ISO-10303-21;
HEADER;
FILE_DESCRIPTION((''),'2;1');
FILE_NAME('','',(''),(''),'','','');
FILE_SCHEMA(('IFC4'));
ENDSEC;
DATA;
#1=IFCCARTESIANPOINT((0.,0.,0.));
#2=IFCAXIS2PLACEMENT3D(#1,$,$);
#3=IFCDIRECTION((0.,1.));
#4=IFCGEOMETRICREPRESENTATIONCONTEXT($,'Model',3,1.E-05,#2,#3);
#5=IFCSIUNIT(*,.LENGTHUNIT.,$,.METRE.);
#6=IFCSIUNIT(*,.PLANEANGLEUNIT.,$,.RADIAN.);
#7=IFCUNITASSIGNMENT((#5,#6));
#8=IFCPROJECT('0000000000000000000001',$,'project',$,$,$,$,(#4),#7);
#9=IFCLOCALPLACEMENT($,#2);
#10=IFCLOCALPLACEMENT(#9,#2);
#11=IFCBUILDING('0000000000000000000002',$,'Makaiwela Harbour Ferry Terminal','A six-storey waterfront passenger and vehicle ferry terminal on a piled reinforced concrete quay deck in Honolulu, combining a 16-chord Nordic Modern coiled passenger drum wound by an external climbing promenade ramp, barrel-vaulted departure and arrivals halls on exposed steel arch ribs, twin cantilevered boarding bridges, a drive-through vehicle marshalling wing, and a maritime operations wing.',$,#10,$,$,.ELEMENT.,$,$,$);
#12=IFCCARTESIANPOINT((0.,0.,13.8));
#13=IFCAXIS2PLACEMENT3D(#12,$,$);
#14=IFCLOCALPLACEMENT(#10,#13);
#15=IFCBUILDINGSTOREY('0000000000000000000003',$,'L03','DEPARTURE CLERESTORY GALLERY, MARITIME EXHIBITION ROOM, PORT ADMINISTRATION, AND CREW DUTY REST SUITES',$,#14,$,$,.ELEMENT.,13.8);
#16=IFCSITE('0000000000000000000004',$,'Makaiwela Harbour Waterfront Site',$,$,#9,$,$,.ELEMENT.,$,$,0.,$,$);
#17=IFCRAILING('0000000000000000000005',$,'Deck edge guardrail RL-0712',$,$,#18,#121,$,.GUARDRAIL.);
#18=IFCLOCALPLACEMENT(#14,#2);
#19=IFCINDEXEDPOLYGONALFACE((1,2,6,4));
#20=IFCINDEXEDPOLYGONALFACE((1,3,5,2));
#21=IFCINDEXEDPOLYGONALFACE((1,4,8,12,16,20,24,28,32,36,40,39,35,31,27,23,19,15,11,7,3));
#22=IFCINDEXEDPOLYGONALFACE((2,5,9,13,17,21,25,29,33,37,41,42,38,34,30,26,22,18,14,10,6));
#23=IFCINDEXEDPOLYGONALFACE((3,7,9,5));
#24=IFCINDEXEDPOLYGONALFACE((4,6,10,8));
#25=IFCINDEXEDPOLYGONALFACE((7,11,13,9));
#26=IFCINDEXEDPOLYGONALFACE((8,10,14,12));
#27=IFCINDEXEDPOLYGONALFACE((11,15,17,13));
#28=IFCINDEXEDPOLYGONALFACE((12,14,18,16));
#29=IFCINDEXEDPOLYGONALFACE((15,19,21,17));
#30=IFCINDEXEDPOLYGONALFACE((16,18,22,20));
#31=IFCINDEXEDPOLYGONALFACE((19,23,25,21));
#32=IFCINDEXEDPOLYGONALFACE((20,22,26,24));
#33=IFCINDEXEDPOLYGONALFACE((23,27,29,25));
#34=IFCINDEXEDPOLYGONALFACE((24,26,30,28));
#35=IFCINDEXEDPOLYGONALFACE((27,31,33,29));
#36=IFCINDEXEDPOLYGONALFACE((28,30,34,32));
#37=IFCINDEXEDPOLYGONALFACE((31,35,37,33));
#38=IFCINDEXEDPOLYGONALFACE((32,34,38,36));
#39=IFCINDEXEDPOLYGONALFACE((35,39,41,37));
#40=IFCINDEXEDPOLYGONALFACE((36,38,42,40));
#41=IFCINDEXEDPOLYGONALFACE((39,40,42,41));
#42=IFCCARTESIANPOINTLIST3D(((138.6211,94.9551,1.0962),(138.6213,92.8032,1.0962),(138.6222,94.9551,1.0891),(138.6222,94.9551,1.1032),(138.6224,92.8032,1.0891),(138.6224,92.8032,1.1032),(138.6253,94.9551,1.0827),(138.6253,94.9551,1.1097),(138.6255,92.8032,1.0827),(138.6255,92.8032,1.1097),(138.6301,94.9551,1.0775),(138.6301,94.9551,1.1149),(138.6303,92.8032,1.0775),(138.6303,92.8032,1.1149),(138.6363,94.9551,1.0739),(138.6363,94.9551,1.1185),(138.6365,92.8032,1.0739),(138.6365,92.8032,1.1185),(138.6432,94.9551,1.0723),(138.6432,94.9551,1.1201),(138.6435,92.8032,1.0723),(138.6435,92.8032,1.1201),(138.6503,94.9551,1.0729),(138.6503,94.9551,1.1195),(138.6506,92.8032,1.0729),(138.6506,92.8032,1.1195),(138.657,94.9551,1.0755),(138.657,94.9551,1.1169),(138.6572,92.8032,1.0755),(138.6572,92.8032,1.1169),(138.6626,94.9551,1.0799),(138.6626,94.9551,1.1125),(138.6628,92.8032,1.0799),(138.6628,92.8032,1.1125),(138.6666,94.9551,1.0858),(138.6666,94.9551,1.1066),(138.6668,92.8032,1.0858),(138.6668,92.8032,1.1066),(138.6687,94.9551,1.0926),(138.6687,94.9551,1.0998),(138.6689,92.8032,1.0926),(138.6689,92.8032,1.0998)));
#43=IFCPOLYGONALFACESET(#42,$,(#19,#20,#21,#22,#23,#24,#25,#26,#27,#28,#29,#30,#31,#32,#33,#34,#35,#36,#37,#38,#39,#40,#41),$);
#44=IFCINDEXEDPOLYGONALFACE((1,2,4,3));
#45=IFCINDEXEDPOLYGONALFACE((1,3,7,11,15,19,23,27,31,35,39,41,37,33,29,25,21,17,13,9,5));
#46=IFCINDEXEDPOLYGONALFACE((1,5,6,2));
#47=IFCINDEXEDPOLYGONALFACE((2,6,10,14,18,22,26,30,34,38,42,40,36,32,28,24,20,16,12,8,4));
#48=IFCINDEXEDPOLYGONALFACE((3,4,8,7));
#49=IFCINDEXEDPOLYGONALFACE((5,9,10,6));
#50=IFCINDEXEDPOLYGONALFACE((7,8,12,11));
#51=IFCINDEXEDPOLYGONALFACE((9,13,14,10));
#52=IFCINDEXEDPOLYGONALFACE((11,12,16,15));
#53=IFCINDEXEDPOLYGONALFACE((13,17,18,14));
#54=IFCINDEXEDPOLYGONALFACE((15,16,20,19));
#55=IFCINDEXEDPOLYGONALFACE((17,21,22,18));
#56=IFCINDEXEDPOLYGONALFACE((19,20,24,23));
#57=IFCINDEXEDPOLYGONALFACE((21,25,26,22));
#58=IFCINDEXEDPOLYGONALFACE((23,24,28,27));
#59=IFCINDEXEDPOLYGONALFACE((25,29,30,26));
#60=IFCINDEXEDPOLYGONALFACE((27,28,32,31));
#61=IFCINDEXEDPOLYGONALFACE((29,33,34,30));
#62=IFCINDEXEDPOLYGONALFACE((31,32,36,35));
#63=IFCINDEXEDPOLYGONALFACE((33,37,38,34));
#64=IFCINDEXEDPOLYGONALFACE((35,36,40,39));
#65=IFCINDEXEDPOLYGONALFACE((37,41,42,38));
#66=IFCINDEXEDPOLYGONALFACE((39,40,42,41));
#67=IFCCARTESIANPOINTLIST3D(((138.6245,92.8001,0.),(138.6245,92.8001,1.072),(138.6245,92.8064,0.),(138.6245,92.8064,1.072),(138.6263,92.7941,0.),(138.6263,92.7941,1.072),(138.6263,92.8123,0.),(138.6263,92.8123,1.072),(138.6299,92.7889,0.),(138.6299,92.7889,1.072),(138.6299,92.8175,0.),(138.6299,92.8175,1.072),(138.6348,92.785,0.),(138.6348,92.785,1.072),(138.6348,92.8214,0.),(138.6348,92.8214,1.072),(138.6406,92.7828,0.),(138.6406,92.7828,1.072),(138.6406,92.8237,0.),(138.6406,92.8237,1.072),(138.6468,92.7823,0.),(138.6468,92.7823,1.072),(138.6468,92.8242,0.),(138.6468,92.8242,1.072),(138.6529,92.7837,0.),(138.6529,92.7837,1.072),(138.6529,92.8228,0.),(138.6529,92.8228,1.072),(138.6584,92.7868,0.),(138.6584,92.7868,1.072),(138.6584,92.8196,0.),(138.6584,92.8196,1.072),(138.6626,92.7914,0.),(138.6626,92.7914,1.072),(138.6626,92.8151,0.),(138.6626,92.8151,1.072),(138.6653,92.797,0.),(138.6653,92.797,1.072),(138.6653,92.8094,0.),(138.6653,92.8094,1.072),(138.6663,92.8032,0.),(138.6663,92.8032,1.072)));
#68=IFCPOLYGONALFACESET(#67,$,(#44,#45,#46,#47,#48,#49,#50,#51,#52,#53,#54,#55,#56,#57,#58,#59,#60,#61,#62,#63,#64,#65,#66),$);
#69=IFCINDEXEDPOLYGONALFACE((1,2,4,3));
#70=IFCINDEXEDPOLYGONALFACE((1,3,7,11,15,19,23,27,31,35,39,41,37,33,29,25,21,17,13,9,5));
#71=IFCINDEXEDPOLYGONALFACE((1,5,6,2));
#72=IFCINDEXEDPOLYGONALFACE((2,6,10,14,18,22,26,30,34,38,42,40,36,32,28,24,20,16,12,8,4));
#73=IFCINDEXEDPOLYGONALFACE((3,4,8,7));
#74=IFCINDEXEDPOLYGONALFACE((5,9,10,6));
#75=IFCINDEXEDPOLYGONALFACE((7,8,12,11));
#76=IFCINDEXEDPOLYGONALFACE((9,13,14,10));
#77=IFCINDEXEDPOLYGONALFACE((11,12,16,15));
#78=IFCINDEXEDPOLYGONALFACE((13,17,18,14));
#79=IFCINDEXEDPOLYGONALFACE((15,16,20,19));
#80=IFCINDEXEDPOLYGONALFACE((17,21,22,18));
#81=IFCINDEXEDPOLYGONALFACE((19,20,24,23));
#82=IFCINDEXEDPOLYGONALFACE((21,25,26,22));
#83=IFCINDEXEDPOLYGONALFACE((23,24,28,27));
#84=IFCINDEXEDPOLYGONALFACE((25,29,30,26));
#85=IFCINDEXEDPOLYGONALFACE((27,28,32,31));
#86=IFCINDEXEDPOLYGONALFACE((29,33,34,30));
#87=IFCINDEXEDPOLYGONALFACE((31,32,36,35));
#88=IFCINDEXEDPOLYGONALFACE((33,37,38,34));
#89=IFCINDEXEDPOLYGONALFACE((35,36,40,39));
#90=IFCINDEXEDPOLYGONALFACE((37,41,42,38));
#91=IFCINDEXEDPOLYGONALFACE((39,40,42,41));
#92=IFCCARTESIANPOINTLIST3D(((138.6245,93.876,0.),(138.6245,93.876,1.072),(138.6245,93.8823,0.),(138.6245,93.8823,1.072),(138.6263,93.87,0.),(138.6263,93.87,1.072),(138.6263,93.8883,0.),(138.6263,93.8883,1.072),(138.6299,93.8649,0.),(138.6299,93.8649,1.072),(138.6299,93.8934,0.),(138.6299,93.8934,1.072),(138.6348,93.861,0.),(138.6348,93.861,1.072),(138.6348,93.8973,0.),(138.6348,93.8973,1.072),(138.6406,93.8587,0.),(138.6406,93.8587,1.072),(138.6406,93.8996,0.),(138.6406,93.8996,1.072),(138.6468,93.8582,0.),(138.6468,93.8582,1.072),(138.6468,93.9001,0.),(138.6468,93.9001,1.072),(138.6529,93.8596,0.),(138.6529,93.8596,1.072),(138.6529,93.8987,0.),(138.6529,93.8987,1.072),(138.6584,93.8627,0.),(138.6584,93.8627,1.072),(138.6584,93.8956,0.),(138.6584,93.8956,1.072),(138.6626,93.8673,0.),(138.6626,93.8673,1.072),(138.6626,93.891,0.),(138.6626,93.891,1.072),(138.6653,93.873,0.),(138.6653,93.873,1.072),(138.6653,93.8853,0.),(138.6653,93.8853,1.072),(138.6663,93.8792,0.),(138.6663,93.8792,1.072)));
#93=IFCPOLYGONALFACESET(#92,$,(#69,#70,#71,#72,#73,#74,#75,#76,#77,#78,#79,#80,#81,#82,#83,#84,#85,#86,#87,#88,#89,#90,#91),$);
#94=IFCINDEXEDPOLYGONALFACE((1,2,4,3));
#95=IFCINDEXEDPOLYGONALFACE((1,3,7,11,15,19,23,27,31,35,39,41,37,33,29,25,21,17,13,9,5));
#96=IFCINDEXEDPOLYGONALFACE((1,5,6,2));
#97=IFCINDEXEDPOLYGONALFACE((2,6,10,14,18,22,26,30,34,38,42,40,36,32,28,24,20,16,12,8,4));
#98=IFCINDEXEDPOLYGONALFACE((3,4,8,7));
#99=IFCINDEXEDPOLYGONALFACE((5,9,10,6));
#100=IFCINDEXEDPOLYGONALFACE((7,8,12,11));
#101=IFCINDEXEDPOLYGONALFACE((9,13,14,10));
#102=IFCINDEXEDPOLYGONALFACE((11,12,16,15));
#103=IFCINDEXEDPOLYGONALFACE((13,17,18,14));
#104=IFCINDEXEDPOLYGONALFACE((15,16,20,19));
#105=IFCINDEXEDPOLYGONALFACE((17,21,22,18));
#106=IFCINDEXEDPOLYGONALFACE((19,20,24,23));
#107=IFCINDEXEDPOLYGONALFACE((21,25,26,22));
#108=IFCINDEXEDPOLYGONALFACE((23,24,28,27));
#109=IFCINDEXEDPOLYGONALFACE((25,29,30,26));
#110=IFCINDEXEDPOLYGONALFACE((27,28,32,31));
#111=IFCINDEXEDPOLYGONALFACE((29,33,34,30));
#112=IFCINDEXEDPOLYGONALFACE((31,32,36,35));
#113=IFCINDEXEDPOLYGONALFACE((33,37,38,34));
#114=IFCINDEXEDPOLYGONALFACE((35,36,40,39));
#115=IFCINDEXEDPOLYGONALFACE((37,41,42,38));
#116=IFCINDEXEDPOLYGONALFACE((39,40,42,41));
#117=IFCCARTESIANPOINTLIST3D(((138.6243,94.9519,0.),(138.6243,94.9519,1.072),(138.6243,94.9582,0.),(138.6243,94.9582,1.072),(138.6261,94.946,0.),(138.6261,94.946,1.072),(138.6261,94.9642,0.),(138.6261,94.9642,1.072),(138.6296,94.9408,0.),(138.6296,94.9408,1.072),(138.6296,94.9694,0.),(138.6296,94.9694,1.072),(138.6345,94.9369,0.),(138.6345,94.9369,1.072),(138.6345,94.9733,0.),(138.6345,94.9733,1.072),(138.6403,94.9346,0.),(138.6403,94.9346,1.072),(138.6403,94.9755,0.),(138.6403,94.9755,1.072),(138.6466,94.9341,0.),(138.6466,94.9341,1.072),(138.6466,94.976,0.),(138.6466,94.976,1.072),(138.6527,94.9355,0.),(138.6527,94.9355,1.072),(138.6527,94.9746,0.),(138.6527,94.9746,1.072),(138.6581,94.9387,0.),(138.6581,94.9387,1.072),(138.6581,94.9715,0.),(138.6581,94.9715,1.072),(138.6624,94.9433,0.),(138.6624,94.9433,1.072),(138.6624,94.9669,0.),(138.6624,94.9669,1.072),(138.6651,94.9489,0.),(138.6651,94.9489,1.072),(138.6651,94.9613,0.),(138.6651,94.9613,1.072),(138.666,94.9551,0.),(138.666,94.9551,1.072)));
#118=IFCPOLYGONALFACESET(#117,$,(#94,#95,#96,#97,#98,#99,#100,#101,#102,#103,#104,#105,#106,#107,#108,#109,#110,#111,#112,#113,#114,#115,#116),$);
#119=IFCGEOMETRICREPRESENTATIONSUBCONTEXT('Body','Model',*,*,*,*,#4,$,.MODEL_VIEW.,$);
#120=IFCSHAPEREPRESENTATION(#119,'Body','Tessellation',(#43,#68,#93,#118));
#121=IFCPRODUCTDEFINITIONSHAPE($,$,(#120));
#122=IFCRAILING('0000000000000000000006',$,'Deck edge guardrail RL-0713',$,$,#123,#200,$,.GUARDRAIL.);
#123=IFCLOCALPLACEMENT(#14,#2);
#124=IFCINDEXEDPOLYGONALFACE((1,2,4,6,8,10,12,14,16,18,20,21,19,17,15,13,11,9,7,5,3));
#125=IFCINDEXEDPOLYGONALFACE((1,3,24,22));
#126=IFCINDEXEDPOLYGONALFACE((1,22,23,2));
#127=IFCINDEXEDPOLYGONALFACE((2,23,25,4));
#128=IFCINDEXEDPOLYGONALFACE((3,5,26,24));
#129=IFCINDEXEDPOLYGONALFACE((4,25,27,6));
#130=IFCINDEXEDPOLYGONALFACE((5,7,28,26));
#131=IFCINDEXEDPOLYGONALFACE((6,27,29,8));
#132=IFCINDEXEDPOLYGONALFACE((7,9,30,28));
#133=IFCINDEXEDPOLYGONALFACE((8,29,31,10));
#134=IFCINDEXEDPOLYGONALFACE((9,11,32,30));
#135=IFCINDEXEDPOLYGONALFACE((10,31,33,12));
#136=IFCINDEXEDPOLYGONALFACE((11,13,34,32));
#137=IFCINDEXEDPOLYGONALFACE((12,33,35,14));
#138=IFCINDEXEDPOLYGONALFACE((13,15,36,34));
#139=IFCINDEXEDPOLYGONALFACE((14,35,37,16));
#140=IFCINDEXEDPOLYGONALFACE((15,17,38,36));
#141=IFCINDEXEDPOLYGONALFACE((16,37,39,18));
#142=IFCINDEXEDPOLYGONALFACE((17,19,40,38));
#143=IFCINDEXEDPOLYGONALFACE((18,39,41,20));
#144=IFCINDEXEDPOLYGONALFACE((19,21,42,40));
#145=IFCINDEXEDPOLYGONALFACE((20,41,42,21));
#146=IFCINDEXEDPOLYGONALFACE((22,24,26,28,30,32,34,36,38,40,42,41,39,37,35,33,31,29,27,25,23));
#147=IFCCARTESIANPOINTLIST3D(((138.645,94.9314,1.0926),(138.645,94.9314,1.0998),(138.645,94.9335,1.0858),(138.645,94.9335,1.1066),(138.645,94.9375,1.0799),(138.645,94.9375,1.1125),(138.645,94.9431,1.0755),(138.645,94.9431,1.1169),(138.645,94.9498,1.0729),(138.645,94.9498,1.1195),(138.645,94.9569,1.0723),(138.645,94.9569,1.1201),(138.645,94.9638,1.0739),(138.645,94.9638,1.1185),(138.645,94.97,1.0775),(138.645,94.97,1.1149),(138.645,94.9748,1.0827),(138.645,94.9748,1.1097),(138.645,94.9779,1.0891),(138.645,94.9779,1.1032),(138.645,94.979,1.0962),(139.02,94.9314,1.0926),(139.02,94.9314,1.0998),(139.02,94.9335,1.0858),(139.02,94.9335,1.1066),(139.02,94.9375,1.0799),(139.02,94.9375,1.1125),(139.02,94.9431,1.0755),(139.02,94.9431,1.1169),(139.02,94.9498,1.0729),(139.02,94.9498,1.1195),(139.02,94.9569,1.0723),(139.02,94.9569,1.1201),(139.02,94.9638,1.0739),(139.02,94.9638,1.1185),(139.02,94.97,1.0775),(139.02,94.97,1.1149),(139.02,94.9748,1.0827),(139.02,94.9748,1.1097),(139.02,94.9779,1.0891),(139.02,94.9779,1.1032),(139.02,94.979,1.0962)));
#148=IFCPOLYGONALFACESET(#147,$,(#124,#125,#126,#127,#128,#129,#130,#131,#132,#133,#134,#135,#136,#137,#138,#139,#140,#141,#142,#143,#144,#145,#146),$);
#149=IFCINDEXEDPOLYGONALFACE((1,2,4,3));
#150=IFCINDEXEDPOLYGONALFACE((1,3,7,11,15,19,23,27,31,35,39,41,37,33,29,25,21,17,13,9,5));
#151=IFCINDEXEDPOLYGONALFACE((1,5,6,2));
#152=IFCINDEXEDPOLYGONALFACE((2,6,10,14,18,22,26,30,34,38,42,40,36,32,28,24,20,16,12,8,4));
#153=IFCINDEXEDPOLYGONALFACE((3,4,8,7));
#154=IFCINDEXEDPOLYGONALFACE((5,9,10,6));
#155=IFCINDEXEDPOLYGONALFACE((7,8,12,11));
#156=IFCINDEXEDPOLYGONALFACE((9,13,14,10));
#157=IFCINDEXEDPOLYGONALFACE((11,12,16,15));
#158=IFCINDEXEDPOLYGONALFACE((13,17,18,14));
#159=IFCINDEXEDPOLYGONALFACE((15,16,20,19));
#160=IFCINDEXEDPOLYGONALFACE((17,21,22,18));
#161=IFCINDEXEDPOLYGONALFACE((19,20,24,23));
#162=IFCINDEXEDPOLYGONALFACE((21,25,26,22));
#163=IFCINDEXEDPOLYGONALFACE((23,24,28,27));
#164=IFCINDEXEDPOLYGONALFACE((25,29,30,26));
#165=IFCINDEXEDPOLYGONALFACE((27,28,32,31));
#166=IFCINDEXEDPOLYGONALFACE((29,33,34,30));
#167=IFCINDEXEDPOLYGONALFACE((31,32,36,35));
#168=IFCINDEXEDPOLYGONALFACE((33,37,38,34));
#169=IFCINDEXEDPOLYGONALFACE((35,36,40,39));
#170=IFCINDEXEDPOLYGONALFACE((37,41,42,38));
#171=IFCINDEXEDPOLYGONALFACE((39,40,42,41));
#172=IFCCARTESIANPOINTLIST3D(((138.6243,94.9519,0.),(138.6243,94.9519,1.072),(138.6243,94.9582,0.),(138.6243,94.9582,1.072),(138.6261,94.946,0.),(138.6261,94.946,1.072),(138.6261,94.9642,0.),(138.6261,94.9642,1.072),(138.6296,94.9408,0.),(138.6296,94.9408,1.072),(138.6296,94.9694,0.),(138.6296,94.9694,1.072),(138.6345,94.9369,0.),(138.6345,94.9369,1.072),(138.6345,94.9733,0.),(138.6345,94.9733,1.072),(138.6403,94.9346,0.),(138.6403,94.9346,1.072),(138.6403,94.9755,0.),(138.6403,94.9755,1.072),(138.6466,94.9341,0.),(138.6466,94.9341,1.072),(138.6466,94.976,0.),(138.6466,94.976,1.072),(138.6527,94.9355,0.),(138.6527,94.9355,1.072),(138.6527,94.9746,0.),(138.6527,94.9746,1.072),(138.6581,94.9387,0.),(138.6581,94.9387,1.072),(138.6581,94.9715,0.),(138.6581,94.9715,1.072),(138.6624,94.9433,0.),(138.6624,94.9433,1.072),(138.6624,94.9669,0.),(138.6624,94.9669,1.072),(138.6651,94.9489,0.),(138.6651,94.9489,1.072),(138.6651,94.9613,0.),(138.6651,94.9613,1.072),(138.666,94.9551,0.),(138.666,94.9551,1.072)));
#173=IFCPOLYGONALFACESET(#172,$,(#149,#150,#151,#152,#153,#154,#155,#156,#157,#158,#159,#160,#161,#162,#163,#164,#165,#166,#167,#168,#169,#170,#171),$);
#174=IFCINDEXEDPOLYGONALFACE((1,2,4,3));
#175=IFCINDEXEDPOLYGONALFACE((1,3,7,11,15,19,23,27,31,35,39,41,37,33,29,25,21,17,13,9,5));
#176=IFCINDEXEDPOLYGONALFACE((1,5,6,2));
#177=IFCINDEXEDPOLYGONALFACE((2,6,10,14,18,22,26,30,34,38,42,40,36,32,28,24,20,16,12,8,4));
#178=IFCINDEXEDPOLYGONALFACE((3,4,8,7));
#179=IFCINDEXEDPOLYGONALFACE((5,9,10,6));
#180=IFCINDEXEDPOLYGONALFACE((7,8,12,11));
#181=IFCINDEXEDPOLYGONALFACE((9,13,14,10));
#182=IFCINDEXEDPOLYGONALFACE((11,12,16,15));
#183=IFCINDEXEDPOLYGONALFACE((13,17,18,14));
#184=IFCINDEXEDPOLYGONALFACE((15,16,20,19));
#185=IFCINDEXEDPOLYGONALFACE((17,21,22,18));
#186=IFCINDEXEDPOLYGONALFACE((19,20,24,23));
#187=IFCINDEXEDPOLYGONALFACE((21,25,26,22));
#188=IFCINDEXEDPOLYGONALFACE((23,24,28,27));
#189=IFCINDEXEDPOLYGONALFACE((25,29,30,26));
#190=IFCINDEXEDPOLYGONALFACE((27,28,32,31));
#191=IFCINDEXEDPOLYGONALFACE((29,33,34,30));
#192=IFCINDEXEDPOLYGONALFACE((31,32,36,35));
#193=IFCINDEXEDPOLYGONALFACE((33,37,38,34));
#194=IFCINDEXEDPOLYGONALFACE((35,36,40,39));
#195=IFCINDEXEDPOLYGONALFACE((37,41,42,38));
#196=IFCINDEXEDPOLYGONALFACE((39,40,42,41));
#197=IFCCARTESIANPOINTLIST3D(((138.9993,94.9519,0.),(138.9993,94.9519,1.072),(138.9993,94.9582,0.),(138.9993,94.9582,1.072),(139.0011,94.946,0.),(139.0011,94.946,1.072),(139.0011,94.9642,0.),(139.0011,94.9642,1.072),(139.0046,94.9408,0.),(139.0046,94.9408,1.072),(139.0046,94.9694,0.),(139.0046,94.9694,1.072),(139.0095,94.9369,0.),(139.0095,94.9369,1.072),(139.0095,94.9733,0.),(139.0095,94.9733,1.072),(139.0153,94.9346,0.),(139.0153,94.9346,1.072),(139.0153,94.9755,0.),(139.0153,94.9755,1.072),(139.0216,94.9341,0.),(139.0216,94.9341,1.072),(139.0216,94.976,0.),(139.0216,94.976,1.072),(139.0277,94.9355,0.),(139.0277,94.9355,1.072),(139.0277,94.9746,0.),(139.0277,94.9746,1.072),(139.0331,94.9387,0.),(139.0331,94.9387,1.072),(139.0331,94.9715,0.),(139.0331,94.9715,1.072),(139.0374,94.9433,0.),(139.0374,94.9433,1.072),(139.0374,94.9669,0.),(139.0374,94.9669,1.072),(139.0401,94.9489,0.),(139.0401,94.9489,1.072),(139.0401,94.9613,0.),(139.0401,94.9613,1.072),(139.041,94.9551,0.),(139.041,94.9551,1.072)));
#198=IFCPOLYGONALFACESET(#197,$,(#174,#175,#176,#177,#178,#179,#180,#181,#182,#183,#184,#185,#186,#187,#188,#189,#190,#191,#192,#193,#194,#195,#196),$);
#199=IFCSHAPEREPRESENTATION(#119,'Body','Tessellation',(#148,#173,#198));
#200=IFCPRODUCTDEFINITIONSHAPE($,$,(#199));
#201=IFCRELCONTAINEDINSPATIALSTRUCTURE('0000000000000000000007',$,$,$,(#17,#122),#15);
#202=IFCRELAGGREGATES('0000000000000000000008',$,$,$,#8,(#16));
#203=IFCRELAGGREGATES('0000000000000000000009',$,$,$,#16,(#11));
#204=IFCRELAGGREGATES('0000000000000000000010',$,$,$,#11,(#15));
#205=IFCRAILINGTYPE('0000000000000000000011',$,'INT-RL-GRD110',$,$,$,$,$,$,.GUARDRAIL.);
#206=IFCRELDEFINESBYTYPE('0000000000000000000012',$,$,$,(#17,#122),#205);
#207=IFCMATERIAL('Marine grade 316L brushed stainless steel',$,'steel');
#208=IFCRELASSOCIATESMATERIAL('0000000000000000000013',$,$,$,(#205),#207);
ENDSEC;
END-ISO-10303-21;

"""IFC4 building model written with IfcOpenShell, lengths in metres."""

from ifc_helpers import new_model, si_unit, direction, frame, origin, origin_2d, place, context, subcontext, project, spatial, circle, extrude, material, type_object, element, save


model = new_model("IFC4")

# Units and contexts
model_context = context("Model", 3, precision=1e-05, world=origin(), true_north=direction((0.0, 1.0)))
body_context = subcontext(model_context, "Body", "Model", "MODEL_VIEW")
ifc_project = project(units=[si_unit("LENGTHUNIT", "METRE"), si_unit("PLANEANGLEUNIT", "RADIAN")], contexts=[model_context])

# Site, building, storey
site_placement = place(None, origin())
site = spatial("IfcSite", under=ifc_project, at=site_placement, Name="Makaiwela Harbour Waterfront Site", CompositionType="ELEMENT", RefElevation=0.0)
building_placement = place(site_placement, origin())
building = spatial("IfcBuilding", under=site, at=building_placement, Name="Makaiwela Harbour Ferry Terminal", Description="A six-storey waterfront passenger and vehicle ferry terminal on a piled reinforced concrete quay deck in Honolulu, combining a 16-chord Nordic Modern coiled passenger drum wound by an external climbing promenade ramp, barrel-vaulted departure and arrivals halls on exposed steel arch ribs, twin cantilevered boarding bridges, a drive-through vehicle marshalling wing, and a maritime operations wing.", CompositionType="ELEMENT")
storey_placement = place(building_placement, frame((0.0, 0.0, 13.8)))
storey = spatial("IfcBuildingStorey", under=building, at=storey_placement, Name="L03", Description="DEPARTURE CLERESTORY GALLERY, MARITIME EXHIBITION ROOM, PORT ADMINISTRATION, AND CREW DUTY REST SUITES", CompositionType="ELEMENT", Elevation=13.8)

# Railings
ifc_material_1 = material(Name="Marine grade 316L brushed stainless steel", Category="steel")
railing_type = type_object("IfcRailingType", Name="INT-RL-GRD110", PredefinedType="GUARDRAIL", material=ifc_material_1)
railing_1_placement = place(storey_placement, frame((138.6453, 92.8032, 0.0)))
element("IfcRailing", 1, at=railing_1_placement, inside=storey, type_object=railing_type, Name="Deck edge guardrail RL-0712", PredefinedType="GUARDRAIL", context=body_context, shape_type="SweptSolid", body=[
    extrude(circle(Radius=0.0239, at=origin_2d()), frame((0.0, 0.0, 1.0962), z_axis=(-0.000113, 1.0, 0.0), x_axis=(-1.0, -0.000113, 0.0)), (0.0, 0.0, 1.0), 2.1519),
    extrude(circle(Radius=0.021, at=origin_2d()), origin(), (0.0, 0.0, 1.0), 1.072),
    extrude(circle(Radius=0.021, at=origin_2d()), frame((0.0, 1.0759, 0.0)), (0.0, 0.0, 1.0), 1.072),
    extrude(circle(Radius=0.021, at=origin_2d()), frame((-0.0002, 2.1519, 0.0)), (0.0, 0.0, 1.0), 1.072),
])
railing_2_placement = place(storey_placement, frame((138.645, 94.9551, 0.0)))
element("IfcRailing", 2, at=railing_2_placement, inside=storey, type_object=railing_type, Name="Deck edge guardrail RL-0713", PredefinedType="GUARDRAIL", context=body_context, shape_type="SweptSolid", body=[
    extrude(circle(Radius=0.0239, at=origin_2d()), frame((0.0, 0.0, 1.0962), z_axis=(1.0, 0.0, 0.0), x_axis=(0.0, 1.0, 0.0)), (0.0, 0.0, 1.0), 0.375),
    extrude(circle(Radius=0.021, at=origin_2d()), origin(), (0.0, 0.0, 1.0), 1.072),
    extrude(circle(Radius=0.021, at=origin_2d()), frame((0.375, 0.0, 0.0)), (0.0, 0.0, 1.0), 1.072),
])

save(model, "model.ifc")
